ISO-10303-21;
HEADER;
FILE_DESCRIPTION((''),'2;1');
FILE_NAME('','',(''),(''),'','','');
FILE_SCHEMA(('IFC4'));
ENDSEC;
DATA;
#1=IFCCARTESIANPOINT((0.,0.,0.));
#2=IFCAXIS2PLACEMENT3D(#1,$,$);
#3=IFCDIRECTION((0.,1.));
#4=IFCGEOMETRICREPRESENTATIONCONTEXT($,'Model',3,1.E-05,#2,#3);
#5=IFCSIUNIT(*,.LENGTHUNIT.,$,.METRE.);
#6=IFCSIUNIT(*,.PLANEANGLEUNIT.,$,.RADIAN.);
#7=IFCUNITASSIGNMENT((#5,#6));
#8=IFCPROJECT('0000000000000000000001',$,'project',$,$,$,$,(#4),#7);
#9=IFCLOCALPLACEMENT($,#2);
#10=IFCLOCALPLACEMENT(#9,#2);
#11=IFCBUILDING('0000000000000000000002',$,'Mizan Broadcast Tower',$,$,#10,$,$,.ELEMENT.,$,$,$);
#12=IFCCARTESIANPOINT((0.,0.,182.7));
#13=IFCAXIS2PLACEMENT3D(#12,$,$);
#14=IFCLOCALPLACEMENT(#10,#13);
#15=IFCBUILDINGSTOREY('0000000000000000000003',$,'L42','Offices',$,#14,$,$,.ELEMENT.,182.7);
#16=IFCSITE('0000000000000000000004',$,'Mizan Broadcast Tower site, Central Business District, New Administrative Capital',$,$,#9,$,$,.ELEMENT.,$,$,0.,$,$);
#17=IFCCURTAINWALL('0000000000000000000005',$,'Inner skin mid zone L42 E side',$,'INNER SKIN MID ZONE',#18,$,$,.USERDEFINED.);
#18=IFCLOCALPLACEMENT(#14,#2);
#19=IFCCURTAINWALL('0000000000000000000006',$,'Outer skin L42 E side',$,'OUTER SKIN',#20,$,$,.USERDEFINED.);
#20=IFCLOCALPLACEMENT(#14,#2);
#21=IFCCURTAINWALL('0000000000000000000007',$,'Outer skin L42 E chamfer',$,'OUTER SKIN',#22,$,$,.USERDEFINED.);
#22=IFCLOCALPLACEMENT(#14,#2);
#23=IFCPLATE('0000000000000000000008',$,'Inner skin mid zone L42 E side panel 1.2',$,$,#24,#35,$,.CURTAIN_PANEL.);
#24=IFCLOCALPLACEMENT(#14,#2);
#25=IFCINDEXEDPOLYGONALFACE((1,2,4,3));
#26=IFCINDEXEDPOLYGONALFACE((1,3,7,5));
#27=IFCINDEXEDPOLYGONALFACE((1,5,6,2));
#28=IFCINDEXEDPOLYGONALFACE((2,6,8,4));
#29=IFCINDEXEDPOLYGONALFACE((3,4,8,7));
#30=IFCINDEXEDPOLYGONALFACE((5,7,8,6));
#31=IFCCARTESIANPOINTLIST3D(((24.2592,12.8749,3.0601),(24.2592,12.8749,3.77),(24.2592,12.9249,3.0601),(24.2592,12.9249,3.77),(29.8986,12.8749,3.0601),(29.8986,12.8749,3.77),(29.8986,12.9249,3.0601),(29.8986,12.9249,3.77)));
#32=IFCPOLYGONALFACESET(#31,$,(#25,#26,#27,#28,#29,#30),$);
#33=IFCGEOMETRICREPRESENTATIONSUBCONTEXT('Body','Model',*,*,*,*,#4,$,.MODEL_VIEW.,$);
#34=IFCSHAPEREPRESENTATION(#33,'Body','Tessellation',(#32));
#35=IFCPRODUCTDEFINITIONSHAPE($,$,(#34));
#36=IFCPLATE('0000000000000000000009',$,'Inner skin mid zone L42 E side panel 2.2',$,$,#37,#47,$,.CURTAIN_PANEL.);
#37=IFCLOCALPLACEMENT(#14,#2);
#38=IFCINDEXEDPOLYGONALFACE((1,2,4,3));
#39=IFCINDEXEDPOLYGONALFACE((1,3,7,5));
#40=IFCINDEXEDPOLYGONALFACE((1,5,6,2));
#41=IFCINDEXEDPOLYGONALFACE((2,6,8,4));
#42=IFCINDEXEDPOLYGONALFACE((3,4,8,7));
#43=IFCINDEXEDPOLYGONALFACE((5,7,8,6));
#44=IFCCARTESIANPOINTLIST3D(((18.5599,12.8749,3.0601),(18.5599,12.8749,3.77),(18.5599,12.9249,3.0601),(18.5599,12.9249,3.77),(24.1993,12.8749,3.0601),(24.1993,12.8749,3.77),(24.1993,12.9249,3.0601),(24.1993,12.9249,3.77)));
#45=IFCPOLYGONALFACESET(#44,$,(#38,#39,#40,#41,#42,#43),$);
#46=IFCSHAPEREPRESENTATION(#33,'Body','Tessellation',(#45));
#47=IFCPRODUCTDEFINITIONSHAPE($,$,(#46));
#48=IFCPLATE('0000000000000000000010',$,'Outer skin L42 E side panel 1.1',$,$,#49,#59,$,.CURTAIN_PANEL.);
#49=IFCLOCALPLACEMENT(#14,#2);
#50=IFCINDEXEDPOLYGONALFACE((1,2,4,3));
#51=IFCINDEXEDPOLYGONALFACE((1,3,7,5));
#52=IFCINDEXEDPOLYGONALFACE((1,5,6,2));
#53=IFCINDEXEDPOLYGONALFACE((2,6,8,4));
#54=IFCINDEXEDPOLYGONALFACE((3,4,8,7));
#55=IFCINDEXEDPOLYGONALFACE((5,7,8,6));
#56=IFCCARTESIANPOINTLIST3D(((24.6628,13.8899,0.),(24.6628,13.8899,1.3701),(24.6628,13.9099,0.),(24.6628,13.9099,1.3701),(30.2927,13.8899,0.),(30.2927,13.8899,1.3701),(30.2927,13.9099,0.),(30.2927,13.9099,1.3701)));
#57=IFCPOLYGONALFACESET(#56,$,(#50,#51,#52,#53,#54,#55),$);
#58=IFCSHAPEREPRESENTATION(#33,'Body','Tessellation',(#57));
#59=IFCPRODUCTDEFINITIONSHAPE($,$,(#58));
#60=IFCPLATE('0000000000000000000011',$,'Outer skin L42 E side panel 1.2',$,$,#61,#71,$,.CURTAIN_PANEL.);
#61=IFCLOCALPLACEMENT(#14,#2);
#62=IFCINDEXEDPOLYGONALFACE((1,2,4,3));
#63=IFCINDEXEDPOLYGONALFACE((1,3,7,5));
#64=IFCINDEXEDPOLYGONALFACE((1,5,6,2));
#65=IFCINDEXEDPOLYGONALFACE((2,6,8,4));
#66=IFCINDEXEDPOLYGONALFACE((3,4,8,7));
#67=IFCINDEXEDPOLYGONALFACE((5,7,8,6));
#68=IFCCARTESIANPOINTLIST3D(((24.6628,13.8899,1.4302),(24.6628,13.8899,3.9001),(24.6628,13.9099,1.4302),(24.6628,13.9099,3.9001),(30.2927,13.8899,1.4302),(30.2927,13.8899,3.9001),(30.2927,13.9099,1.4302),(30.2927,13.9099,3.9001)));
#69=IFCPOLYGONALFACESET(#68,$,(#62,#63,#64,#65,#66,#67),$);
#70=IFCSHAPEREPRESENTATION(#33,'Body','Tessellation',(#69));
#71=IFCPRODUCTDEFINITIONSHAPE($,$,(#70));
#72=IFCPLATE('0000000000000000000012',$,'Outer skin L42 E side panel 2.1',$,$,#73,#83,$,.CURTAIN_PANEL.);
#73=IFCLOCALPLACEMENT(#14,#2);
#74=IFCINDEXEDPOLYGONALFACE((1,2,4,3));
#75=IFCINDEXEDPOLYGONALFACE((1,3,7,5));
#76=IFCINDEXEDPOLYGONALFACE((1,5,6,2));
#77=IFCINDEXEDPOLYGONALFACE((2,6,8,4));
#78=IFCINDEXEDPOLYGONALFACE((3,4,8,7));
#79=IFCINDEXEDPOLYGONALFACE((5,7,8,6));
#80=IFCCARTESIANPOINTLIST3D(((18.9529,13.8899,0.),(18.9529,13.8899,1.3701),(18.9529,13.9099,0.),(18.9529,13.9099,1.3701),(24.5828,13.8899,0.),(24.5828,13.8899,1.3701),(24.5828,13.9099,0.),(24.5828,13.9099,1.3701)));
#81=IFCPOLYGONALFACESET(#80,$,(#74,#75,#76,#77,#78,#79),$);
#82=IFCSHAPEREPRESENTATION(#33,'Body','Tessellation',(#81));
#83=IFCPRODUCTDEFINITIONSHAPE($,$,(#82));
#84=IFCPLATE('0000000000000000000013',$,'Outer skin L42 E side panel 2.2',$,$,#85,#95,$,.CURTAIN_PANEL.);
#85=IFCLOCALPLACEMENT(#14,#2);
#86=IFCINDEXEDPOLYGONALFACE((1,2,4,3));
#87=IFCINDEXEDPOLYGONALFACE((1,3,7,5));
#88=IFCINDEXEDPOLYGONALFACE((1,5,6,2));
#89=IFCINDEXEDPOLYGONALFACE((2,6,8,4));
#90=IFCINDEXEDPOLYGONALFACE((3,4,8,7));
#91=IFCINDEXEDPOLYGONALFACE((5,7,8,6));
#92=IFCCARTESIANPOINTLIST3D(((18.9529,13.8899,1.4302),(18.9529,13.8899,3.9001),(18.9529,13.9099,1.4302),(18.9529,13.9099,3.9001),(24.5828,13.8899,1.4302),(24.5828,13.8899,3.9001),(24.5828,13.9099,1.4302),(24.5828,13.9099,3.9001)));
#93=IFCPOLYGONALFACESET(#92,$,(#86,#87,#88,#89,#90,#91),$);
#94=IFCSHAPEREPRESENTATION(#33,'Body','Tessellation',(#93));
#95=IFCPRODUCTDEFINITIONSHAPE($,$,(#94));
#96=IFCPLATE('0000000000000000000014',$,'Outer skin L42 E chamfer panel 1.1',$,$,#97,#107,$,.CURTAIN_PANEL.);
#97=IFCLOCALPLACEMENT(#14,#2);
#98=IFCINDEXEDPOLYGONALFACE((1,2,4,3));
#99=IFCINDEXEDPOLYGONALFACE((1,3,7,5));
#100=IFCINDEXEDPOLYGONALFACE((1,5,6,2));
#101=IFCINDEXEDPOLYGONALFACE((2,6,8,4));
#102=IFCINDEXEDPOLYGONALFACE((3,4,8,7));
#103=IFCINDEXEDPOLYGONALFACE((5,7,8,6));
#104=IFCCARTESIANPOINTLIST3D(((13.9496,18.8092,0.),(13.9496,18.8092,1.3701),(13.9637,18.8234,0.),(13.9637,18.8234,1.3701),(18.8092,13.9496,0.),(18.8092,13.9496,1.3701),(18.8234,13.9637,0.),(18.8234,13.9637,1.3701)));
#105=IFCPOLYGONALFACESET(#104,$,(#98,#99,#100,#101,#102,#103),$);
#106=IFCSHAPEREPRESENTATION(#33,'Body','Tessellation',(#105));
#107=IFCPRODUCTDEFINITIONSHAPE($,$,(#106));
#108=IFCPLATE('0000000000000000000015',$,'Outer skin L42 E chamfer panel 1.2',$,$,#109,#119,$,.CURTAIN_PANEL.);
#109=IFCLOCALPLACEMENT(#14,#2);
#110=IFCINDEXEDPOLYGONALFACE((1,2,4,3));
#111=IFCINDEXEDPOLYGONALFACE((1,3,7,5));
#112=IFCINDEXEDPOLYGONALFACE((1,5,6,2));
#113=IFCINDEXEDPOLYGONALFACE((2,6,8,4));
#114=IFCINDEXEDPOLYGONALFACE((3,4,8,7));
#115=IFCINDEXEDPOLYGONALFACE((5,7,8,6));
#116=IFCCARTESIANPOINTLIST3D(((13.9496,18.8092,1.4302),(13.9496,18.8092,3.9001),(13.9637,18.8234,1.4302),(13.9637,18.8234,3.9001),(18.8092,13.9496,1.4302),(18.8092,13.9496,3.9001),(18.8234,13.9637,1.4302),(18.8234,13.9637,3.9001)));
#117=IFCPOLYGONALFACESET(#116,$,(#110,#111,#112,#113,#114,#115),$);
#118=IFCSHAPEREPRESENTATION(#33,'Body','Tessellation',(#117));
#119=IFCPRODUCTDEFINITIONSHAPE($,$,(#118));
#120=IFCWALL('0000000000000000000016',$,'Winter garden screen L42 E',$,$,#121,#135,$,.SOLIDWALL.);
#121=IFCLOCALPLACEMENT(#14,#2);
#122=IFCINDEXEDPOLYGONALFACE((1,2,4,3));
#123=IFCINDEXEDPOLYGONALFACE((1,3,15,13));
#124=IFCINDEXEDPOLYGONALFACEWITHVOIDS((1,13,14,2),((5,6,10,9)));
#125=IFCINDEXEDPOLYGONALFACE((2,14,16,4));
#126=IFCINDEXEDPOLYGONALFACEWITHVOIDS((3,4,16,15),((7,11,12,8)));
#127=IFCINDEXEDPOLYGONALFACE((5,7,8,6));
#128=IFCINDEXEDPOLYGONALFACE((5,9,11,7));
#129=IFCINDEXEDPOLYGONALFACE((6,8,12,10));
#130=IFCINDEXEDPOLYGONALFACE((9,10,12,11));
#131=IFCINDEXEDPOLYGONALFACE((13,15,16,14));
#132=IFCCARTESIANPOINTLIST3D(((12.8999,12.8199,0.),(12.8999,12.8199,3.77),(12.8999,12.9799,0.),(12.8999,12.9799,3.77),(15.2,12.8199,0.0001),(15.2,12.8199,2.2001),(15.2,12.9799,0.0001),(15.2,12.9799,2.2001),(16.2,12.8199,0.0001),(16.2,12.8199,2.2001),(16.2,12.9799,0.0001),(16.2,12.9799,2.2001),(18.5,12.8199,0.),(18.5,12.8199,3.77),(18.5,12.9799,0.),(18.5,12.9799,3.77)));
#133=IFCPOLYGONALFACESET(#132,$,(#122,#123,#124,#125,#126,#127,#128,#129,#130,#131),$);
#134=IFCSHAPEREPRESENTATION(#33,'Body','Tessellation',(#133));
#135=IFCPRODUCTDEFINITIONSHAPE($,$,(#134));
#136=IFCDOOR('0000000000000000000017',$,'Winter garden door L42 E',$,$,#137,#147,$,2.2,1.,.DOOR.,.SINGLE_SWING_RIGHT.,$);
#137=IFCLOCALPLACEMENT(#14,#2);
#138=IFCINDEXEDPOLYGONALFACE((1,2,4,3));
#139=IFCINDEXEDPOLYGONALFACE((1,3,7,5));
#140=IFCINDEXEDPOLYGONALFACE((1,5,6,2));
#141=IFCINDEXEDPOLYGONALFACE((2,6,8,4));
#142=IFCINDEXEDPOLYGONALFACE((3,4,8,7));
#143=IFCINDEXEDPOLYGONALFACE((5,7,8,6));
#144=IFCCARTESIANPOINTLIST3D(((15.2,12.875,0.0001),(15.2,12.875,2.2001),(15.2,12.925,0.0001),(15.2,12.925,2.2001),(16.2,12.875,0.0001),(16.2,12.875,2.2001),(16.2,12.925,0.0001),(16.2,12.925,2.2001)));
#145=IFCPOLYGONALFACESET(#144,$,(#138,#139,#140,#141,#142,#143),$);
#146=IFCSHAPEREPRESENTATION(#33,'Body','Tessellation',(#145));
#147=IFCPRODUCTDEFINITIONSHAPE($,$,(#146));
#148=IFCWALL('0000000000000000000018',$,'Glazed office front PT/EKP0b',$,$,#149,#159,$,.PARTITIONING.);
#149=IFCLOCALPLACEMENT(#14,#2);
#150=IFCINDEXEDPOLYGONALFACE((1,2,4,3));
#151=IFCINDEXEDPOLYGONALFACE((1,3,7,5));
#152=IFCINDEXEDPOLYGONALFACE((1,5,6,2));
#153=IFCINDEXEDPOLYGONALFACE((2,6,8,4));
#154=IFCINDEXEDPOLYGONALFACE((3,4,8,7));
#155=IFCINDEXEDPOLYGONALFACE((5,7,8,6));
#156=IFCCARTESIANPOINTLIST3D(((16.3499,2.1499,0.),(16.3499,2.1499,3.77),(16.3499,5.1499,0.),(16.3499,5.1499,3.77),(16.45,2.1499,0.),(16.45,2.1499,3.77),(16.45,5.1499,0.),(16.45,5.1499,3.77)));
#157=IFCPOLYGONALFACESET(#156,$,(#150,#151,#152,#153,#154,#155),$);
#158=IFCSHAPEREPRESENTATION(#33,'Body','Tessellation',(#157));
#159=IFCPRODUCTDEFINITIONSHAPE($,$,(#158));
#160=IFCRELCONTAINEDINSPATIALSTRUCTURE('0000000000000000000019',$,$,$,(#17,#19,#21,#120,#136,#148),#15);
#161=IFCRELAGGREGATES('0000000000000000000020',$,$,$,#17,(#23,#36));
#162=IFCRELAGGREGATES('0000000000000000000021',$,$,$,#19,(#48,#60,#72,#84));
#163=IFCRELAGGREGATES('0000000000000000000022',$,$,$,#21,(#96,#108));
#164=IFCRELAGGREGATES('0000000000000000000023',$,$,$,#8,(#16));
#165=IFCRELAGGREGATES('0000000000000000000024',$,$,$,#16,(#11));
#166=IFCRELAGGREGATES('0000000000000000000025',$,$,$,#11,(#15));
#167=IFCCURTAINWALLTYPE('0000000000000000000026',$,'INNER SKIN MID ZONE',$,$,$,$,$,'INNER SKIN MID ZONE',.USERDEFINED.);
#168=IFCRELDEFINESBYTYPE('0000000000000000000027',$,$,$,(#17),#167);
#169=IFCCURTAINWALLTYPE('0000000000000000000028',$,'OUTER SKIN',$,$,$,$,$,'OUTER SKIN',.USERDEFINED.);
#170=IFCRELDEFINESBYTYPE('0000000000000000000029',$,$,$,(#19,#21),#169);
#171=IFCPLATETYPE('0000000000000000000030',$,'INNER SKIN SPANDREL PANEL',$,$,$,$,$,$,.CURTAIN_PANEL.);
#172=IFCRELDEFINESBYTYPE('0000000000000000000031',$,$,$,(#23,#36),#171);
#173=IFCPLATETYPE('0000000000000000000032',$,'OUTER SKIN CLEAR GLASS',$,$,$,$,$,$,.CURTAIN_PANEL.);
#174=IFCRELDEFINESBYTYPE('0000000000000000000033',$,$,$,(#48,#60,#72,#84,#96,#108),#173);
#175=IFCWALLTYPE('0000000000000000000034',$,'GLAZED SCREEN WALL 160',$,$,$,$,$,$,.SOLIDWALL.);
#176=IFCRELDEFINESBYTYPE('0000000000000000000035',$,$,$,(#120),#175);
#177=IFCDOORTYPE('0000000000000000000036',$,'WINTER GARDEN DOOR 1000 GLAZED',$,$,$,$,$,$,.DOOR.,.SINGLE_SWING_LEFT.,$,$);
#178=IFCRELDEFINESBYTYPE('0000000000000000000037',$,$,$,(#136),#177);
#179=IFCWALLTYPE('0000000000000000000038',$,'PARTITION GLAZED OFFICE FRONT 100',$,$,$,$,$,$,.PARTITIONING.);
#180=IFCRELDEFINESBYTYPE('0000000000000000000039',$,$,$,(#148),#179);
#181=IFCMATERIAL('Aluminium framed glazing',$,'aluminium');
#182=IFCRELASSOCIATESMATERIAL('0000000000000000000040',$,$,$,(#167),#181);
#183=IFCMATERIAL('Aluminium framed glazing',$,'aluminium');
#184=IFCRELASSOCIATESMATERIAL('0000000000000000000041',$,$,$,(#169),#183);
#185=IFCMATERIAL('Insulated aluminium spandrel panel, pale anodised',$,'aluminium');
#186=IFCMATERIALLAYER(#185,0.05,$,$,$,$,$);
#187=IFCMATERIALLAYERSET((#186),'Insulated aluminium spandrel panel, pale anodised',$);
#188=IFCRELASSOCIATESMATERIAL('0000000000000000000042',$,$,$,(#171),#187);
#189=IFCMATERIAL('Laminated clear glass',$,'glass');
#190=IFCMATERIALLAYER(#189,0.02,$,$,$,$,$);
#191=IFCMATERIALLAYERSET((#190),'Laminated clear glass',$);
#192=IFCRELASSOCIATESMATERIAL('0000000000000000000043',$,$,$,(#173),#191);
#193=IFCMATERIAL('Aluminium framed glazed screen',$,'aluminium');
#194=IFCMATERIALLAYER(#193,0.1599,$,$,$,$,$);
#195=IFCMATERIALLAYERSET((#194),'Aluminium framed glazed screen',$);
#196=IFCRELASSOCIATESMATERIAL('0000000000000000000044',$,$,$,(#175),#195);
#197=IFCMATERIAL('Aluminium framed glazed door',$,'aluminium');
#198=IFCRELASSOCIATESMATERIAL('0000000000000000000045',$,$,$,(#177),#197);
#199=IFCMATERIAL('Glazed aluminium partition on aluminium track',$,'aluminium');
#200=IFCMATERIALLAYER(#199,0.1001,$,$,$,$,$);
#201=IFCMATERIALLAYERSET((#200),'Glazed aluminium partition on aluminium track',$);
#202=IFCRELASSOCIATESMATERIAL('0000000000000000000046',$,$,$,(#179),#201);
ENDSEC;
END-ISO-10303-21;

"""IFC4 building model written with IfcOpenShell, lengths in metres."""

from ifc_helpers import new_model, si_unit, direction, frame, frame_2d, origin, origin_2d, place, context, subcontext, project, spatial, rectangle, extrude, material, layer, layer_set, type_object, element, fill, aggregate, save


model = new_model("IFC4")

# Units and contexts
model_context = context("Model", 3, precision=1e-05, world=origin(), true_north=direction((0.0, 1.0)))
body_context = subcontext(model_context, "Body", "Model", "MODEL_VIEW")
ifc_project = project(units=[si_unit("LENGTHUNIT", "METRE"), si_unit("PLANEANGLEUNIT", "RADIAN")], contexts=[model_context])

# Site, building, storey
site_placement = place(None, origin())
site = spatial("IfcSite", under=ifc_project, at=site_placement, Name="Mizan Broadcast Tower site, Central Business District, New Administrative Capital", CompositionType="ELEMENT", RefElevation=0.0)
building_placement = place(site_placement, origin())
building = spatial("IfcBuilding", under=site, at=building_placement, Name="Mizan Broadcast Tower", CompositionType="ELEMENT")
storey_placement = place(building_placement, frame((0.0, 0.0, 182.7)))
storey = spatial("IfcBuildingStorey", under=building, at=storey_placement, Name="L42", Description="Offices", CompositionType="ELEMENT", Elevation=182.7)

# Curtain walls
ifc_material_1 = material(Name="Aluminium framed glazing", Category="aluminium")
curtain_wall_type_1 = type_object("IfcCurtainWallType", Name="INNER SKIN MID ZONE", ElementType="INNER SKIN MID ZONE", PredefinedType="USERDEFINED", material=ifc_material_1)
curtain_wall_1_placement = place(storey_placement, origin())
curtain_wall_1 = element("IfcCurtainWall", 1, at=curtain_wall_1_placement, inside=storey, type_object=curtain_wall_type_1, Name="Inner skin mid zone L42 E side", ObjectType="INNER SKIN MID ZONE", PredefinedType="USERDEFINED")
ifc_material_2 = material(Name="Aluminium framed glazing", Category="aluminium")
curtain_wall_type_2 = type_object("IfcCurtainWallType", Name="OUTER SKIN", ElementType="OUTER SKIN", PredefinedType="USERDEFINED", material=ifc_material_2)
curtain_wall_2_placement = place(storey_placement, origin())
curtain_wall_2 = element("IfcCurtainWall", 2, at=curtain_wall_2_placement, inside=storey, type_object=curtain_wall_type_2, Name="Outer skin L42 E side", ObjectType="OUTER SKIN", PredefinedType="USERDEFINED")

# Curtain wall
curtain_wall_3_placement = place(storey_placement, origin())
curtain_wall_3 = element("IfcCurtainWall", 3, at=curtain_wall_3_placement, inside=storey, type_object=curtain_wall_type_2, Name="Outer skin L42 E chamfer", ObjectType="OUTER SKIN", PredefinedType="USERDEFINED")

# Plates
ifc_material_3 = material(Name="Insulated aluminium spandrel panel, pale anodised", Category="aluminium")
ifc_layer_1 = layer(ifc_material_3, 0.05)
ifc_layer_set_1 = layer_set([ifc_layer_1], Name="Insulated aluminium spandrel panel, pale anodised")
plate_type_1 = type_object("IfcPlateType", Name="INNER SKIN SPANDREL PANEL", PredefinedType="CURTAIN_PANEL", material=ifc_layer_set_1)
plate_1_placement = place(storey_placement, frame((27.0789, 12.8999, 3.0601), z_axis=(0.0, 0.0, 1.0), x_axis=(-1.0, 0.0, 0.0)))
plate_1 = element("IfcPlate", 4, at=plate_1_placement, type_object=plate_type_1, Name="Inner skin mid zone L42 E side panel 1.2", PredefinedType="CURTAIN_PANEL", context=body_context, shape_type="SweptSolid", body=[
    extrude(rectangle(XDim=5.6394, YDim=0.05, at=origin_2d()), origin(), (0.0, 0.0, 1.0), 0.71),
])
plate_2_placement = place(storey_placement, frame((21.3796, 12.8999, 3.0601), z_axis=(0.0, 0.0, 1.0), x_axis=(-1.0, 0.0, 0.0)))
plate_2 = element("IfcPlate", 5, at=plate_2_placement, type_object=plate_type_1, Name="Inner skin mid zone L42 E side panel 2.2", PredefinedType="CURTAIN_PANEL", context=body_context, shape_type="SweptSolid", body=[
    extrude(rectangle(XDim=5.6394, YDim=0.05, at=origin_2d()), origin(), (0.0, 0.0, 1.0), 0.71),
])
aggregate(curtain_wall_1, [plate_1, plate_2])
ifc_material_4 = material(Name="Laminated clear glass", Category="glass")
ifc_layer_2 = layer(ifc_material_4, 0.02)
ifc_layer_set_2 = layer_set([ifc_layer_2], Name="Laminated clear glass")
plate_type_2 = type_object("IfcPlateType", Name="OUTER SKIN CLEAR GLASS", PredefinedType="CURTAIN_PANEL", material=ifc_layer_set_2)
plate_3_placement = place(storey_placement, frame((27.4778, 13.8999, 0.0), z_axis=(0.0, 0.0, 1.0), x_axis=(-1.0, 0.0, 0.0)))
plate_3 = element("IfcPlate", 6, at=plate_3_placement, type_object=plate_type_2, Name="Outer skin L42 E side panel 1.1", PredefinedType="CURTAIN_PANEL", context=body_context, shape_type="SweptSolid", body=[
    extrude(rectangle(XDim=5.6299, YDim=0.02, at=origin_2d()), origin(), (0.0, 0.0, 1.0), 1.3701),
])
plate_4_placement = place(storey_placement, frame((27.4778, 13.8999, 1.4302), z_axis=(0.0, 0.0, 1.0), x_axis=(-1.0, 0.0, 0.0)))
plate_4 = element("IfcPlate", 7, at=plate_4_placement, type_object=plate_type_2, Name="Outer skin L42 E side panel 1.2", PredefinedType="CURTAIN_PANEL", context=body_context, shape_type="SweptSolid", body=[
    extrude(rectangle(XDim=5.6299, YDim=0.02, at=origin_2d()), origin(), (0.0, 0.0, 1.0), 2.47),
])
plate_5_placement = place(storey_placement, frame((21.7678, 13.8999, 0.0), z_axis=(0.0, 0.0, 1.0), x_axis=(-1.0, 0.0, 0.0)))
plate_5 = element("IfcPlate", 8, at=plate_5_placement, type_object=plate_type_2, Name="Outer skin L42 E side panel 2.1", PredefinedType="CURTAIN_PANEL", context=body_context, shape_type="SweptSolid", body=[
    extrude(rectangle(XDim=5.6299, YDim=0.02, at=origin_2d()), origin(), (0.0, 0.0, 1.0), 1.3701),
])
plate_6_placement = place(storey_placement, frame((21.7678, 13.8999, 1.4302), z_axis=(0.0, 0.0, 1.0), x_axis=(-1.0, 0.0, 0.0)))
plate_6 = element("IfcPlate", 9, at=plate_6_placement, type_object=plate_type_2, Name="Outer skin L42 E side panel 2.2", PredefinedType="CURTAIN_PANEL", context=body_context, shape_type="SweptSolid", body=[
    extrude(rectangle(XDim=5.6299, YDim=0.02, at=origin_2d()), origin(), (0.0, 0.0, 1.0), 2.47),
])
aggregate(curtain_wall_2, [plate_3, plate_4, plate_5, plate_6])
plate_7_placement = place(storey_placement, frame((16.3865, 16.3865, 0.0), z_axis=(0.0, 0.0, 1.0), x_axis=(-0.707107, 0.707107, 0.0)))
plate_7 = element("IfcPlate", 10, at=plate_7_placement, type_object=plate_type_2, Name="Outer skin L42 E chamfer panel 1.1", PredefinedType="CURTAIN_PANEL", context=body_context, shape_type="SweptSolid", body=[
    extrude(rectangle(XDim=6.8726, YDim=0.02, at=origin_2d()), origin(), (0.0, 0.0, 1.0), 1.3701),
])
plate_8_placement = place(storey_placement, frame((16.3865, 16.3865, 1.4302), z_axis=(0.0, 0.0, 1.0), x_axis=(-0.707107, 0.707107, 0.0)))
plate_8 = element("IfcPlate", 11, at=plate_8_placement, type_object=plate_type_2, Name="Outer skin L42 E chamfer panel 1.2", PredefinedType="CURTAIN_PANEL", context=body_context, shape_type="SweptSolid", body=[
    extrude(rectangle(XDim=6.8726, YDim=0.02, at=origin_2d()), origin(), (0.0, 0.0, 1.0), 2.47),
])
aggregate(curtain_wall_3, [plate_7, plate_8])

# Wall, opening, door
ifc_material_5 = material(Name="Aluminium framed glazed screen", Category="aluminium")
ifc_layer_3 = layer(ifc_material_5, 0.1599)
ifc_layer_set_3 = layer_set([ifc_layer_3], Name="Aluminium framed glazed screen")
wall_type_1 = type_object("IfcWallType", Name="GLAZED SCREEN WALL 160", PredefinedType="SOLIDWALL", material=ifc_layer_set_3)
wall_1_placement = place(storey_placement, frame((18.5, 12.8999, 0.0), z_axis=(0.0, 0.0, 1.0), x_axis=(-1.0, 0.0, 0.0)))
wall_1 = element("IfcWall", 12, at=wall_1_placement, inside=storey, type_object=wall_type_1, Name="Winter garden screen L42 E", PredefinedType="SOLIDWALL", context=body_context, shape_type="SweptSolid", body=[
    extrude(rectangle(XDim=5.6001, YDim=0.1599, at=frame_2d((2.8, 0.0))), origin(), (0.0, 0.0, 1.0), 3.77),
])
opening_placement = place(wall_1_placement, frame((2.3, 0.0, 0.0)))
opening = element("IfcOpeningElement", 13, at=opening_placement, cuts=wall_1, PredefinedType="OPENING", context=body_context, shape_type="SweptSolid", body=[
    extrude(rectangle(XDim=1.0, YDim=2.2, at=frame_2d((0.5, 1.1001))), frame((0.0, 0.0898, 0.0), z_axis=(0.0, -1.0, 0.0), x_axis=(1.0, 0.0, 0.0)), (0.0, 0.0, 1.0), 0.1799),
])
ifc_material_6 = material(Name="Aluminium framed glazed door", Category="aluminium")
door_type = type_object("IfcDoorType", Name="WINTER GARDEN DOOR 1000 GLAZED", OperationType="SINGLE_SWING_LEFT", PredefinedType="DOOR", material=ifc_material_6)
door_placement = place(opening_placement, origin())
door = element("IfcDoor", 14, at=door_placement, inside=storey, type_object=door_type, Name="Winter garden door L42 E", OperationType="SINGLE_SWING_RIGHT", OverallHeight=2.2, OverallWidth=1.0, PredefinedType="DOOR", context=body_context, shape_type="SweptSolid", body=[
    extrude(rectangle(XDim=1.0, YDim=2.2, at=frame_2d((0.5, 1.1001))), frame((0.0, 0.0249, 0.0), z_axis=(0.0, -1.0, 0.0), x_axis=(1.0, 0.0, 0.0)), (0.0, 0.0, 1.0), 0.05),
])
fill(opening, door)

# Wall
ifc_material_7 = material(Name="Glazed aluminium partition on aluminium track", Category="aluminium")
ifc_layer_4 = layer(ifc_material_7, 0.1001)
ifc_layer_set_4 = layer_set([ifc_layer_4], Name="Glazed aluminium partition on aluminium track")
wall_type_2 = type_object("IfcWallType", Name="PARTITION GLAZED OFFICE FRONT 100", PredefinedType="PARTITIONING", material=ifc_layer_set_4)
wall_2_placement = place(storey_placement, frame((16.3999, 2.1499, 0.0), z_axis=(0.0, 0.0, 1.0), x_axis=(0.0, 1.0, 0.0)))
element("IfcWall", 15, at=wall_2_placement, inside=storey, type_object=wall_type_2, Name="Glazed office front PT/EKP0b", PredefinedType="PARTITIONING", context=body_context, shape_type="SweptSolid", body=[
    extrude(rectangle(XDim=3.0, YDim=0.1001, at=frame_2d((1.5, 0.0))), origin(), (0.0, 0.0, 1.0), 3.77),
])

save(model, "model.ifc")
